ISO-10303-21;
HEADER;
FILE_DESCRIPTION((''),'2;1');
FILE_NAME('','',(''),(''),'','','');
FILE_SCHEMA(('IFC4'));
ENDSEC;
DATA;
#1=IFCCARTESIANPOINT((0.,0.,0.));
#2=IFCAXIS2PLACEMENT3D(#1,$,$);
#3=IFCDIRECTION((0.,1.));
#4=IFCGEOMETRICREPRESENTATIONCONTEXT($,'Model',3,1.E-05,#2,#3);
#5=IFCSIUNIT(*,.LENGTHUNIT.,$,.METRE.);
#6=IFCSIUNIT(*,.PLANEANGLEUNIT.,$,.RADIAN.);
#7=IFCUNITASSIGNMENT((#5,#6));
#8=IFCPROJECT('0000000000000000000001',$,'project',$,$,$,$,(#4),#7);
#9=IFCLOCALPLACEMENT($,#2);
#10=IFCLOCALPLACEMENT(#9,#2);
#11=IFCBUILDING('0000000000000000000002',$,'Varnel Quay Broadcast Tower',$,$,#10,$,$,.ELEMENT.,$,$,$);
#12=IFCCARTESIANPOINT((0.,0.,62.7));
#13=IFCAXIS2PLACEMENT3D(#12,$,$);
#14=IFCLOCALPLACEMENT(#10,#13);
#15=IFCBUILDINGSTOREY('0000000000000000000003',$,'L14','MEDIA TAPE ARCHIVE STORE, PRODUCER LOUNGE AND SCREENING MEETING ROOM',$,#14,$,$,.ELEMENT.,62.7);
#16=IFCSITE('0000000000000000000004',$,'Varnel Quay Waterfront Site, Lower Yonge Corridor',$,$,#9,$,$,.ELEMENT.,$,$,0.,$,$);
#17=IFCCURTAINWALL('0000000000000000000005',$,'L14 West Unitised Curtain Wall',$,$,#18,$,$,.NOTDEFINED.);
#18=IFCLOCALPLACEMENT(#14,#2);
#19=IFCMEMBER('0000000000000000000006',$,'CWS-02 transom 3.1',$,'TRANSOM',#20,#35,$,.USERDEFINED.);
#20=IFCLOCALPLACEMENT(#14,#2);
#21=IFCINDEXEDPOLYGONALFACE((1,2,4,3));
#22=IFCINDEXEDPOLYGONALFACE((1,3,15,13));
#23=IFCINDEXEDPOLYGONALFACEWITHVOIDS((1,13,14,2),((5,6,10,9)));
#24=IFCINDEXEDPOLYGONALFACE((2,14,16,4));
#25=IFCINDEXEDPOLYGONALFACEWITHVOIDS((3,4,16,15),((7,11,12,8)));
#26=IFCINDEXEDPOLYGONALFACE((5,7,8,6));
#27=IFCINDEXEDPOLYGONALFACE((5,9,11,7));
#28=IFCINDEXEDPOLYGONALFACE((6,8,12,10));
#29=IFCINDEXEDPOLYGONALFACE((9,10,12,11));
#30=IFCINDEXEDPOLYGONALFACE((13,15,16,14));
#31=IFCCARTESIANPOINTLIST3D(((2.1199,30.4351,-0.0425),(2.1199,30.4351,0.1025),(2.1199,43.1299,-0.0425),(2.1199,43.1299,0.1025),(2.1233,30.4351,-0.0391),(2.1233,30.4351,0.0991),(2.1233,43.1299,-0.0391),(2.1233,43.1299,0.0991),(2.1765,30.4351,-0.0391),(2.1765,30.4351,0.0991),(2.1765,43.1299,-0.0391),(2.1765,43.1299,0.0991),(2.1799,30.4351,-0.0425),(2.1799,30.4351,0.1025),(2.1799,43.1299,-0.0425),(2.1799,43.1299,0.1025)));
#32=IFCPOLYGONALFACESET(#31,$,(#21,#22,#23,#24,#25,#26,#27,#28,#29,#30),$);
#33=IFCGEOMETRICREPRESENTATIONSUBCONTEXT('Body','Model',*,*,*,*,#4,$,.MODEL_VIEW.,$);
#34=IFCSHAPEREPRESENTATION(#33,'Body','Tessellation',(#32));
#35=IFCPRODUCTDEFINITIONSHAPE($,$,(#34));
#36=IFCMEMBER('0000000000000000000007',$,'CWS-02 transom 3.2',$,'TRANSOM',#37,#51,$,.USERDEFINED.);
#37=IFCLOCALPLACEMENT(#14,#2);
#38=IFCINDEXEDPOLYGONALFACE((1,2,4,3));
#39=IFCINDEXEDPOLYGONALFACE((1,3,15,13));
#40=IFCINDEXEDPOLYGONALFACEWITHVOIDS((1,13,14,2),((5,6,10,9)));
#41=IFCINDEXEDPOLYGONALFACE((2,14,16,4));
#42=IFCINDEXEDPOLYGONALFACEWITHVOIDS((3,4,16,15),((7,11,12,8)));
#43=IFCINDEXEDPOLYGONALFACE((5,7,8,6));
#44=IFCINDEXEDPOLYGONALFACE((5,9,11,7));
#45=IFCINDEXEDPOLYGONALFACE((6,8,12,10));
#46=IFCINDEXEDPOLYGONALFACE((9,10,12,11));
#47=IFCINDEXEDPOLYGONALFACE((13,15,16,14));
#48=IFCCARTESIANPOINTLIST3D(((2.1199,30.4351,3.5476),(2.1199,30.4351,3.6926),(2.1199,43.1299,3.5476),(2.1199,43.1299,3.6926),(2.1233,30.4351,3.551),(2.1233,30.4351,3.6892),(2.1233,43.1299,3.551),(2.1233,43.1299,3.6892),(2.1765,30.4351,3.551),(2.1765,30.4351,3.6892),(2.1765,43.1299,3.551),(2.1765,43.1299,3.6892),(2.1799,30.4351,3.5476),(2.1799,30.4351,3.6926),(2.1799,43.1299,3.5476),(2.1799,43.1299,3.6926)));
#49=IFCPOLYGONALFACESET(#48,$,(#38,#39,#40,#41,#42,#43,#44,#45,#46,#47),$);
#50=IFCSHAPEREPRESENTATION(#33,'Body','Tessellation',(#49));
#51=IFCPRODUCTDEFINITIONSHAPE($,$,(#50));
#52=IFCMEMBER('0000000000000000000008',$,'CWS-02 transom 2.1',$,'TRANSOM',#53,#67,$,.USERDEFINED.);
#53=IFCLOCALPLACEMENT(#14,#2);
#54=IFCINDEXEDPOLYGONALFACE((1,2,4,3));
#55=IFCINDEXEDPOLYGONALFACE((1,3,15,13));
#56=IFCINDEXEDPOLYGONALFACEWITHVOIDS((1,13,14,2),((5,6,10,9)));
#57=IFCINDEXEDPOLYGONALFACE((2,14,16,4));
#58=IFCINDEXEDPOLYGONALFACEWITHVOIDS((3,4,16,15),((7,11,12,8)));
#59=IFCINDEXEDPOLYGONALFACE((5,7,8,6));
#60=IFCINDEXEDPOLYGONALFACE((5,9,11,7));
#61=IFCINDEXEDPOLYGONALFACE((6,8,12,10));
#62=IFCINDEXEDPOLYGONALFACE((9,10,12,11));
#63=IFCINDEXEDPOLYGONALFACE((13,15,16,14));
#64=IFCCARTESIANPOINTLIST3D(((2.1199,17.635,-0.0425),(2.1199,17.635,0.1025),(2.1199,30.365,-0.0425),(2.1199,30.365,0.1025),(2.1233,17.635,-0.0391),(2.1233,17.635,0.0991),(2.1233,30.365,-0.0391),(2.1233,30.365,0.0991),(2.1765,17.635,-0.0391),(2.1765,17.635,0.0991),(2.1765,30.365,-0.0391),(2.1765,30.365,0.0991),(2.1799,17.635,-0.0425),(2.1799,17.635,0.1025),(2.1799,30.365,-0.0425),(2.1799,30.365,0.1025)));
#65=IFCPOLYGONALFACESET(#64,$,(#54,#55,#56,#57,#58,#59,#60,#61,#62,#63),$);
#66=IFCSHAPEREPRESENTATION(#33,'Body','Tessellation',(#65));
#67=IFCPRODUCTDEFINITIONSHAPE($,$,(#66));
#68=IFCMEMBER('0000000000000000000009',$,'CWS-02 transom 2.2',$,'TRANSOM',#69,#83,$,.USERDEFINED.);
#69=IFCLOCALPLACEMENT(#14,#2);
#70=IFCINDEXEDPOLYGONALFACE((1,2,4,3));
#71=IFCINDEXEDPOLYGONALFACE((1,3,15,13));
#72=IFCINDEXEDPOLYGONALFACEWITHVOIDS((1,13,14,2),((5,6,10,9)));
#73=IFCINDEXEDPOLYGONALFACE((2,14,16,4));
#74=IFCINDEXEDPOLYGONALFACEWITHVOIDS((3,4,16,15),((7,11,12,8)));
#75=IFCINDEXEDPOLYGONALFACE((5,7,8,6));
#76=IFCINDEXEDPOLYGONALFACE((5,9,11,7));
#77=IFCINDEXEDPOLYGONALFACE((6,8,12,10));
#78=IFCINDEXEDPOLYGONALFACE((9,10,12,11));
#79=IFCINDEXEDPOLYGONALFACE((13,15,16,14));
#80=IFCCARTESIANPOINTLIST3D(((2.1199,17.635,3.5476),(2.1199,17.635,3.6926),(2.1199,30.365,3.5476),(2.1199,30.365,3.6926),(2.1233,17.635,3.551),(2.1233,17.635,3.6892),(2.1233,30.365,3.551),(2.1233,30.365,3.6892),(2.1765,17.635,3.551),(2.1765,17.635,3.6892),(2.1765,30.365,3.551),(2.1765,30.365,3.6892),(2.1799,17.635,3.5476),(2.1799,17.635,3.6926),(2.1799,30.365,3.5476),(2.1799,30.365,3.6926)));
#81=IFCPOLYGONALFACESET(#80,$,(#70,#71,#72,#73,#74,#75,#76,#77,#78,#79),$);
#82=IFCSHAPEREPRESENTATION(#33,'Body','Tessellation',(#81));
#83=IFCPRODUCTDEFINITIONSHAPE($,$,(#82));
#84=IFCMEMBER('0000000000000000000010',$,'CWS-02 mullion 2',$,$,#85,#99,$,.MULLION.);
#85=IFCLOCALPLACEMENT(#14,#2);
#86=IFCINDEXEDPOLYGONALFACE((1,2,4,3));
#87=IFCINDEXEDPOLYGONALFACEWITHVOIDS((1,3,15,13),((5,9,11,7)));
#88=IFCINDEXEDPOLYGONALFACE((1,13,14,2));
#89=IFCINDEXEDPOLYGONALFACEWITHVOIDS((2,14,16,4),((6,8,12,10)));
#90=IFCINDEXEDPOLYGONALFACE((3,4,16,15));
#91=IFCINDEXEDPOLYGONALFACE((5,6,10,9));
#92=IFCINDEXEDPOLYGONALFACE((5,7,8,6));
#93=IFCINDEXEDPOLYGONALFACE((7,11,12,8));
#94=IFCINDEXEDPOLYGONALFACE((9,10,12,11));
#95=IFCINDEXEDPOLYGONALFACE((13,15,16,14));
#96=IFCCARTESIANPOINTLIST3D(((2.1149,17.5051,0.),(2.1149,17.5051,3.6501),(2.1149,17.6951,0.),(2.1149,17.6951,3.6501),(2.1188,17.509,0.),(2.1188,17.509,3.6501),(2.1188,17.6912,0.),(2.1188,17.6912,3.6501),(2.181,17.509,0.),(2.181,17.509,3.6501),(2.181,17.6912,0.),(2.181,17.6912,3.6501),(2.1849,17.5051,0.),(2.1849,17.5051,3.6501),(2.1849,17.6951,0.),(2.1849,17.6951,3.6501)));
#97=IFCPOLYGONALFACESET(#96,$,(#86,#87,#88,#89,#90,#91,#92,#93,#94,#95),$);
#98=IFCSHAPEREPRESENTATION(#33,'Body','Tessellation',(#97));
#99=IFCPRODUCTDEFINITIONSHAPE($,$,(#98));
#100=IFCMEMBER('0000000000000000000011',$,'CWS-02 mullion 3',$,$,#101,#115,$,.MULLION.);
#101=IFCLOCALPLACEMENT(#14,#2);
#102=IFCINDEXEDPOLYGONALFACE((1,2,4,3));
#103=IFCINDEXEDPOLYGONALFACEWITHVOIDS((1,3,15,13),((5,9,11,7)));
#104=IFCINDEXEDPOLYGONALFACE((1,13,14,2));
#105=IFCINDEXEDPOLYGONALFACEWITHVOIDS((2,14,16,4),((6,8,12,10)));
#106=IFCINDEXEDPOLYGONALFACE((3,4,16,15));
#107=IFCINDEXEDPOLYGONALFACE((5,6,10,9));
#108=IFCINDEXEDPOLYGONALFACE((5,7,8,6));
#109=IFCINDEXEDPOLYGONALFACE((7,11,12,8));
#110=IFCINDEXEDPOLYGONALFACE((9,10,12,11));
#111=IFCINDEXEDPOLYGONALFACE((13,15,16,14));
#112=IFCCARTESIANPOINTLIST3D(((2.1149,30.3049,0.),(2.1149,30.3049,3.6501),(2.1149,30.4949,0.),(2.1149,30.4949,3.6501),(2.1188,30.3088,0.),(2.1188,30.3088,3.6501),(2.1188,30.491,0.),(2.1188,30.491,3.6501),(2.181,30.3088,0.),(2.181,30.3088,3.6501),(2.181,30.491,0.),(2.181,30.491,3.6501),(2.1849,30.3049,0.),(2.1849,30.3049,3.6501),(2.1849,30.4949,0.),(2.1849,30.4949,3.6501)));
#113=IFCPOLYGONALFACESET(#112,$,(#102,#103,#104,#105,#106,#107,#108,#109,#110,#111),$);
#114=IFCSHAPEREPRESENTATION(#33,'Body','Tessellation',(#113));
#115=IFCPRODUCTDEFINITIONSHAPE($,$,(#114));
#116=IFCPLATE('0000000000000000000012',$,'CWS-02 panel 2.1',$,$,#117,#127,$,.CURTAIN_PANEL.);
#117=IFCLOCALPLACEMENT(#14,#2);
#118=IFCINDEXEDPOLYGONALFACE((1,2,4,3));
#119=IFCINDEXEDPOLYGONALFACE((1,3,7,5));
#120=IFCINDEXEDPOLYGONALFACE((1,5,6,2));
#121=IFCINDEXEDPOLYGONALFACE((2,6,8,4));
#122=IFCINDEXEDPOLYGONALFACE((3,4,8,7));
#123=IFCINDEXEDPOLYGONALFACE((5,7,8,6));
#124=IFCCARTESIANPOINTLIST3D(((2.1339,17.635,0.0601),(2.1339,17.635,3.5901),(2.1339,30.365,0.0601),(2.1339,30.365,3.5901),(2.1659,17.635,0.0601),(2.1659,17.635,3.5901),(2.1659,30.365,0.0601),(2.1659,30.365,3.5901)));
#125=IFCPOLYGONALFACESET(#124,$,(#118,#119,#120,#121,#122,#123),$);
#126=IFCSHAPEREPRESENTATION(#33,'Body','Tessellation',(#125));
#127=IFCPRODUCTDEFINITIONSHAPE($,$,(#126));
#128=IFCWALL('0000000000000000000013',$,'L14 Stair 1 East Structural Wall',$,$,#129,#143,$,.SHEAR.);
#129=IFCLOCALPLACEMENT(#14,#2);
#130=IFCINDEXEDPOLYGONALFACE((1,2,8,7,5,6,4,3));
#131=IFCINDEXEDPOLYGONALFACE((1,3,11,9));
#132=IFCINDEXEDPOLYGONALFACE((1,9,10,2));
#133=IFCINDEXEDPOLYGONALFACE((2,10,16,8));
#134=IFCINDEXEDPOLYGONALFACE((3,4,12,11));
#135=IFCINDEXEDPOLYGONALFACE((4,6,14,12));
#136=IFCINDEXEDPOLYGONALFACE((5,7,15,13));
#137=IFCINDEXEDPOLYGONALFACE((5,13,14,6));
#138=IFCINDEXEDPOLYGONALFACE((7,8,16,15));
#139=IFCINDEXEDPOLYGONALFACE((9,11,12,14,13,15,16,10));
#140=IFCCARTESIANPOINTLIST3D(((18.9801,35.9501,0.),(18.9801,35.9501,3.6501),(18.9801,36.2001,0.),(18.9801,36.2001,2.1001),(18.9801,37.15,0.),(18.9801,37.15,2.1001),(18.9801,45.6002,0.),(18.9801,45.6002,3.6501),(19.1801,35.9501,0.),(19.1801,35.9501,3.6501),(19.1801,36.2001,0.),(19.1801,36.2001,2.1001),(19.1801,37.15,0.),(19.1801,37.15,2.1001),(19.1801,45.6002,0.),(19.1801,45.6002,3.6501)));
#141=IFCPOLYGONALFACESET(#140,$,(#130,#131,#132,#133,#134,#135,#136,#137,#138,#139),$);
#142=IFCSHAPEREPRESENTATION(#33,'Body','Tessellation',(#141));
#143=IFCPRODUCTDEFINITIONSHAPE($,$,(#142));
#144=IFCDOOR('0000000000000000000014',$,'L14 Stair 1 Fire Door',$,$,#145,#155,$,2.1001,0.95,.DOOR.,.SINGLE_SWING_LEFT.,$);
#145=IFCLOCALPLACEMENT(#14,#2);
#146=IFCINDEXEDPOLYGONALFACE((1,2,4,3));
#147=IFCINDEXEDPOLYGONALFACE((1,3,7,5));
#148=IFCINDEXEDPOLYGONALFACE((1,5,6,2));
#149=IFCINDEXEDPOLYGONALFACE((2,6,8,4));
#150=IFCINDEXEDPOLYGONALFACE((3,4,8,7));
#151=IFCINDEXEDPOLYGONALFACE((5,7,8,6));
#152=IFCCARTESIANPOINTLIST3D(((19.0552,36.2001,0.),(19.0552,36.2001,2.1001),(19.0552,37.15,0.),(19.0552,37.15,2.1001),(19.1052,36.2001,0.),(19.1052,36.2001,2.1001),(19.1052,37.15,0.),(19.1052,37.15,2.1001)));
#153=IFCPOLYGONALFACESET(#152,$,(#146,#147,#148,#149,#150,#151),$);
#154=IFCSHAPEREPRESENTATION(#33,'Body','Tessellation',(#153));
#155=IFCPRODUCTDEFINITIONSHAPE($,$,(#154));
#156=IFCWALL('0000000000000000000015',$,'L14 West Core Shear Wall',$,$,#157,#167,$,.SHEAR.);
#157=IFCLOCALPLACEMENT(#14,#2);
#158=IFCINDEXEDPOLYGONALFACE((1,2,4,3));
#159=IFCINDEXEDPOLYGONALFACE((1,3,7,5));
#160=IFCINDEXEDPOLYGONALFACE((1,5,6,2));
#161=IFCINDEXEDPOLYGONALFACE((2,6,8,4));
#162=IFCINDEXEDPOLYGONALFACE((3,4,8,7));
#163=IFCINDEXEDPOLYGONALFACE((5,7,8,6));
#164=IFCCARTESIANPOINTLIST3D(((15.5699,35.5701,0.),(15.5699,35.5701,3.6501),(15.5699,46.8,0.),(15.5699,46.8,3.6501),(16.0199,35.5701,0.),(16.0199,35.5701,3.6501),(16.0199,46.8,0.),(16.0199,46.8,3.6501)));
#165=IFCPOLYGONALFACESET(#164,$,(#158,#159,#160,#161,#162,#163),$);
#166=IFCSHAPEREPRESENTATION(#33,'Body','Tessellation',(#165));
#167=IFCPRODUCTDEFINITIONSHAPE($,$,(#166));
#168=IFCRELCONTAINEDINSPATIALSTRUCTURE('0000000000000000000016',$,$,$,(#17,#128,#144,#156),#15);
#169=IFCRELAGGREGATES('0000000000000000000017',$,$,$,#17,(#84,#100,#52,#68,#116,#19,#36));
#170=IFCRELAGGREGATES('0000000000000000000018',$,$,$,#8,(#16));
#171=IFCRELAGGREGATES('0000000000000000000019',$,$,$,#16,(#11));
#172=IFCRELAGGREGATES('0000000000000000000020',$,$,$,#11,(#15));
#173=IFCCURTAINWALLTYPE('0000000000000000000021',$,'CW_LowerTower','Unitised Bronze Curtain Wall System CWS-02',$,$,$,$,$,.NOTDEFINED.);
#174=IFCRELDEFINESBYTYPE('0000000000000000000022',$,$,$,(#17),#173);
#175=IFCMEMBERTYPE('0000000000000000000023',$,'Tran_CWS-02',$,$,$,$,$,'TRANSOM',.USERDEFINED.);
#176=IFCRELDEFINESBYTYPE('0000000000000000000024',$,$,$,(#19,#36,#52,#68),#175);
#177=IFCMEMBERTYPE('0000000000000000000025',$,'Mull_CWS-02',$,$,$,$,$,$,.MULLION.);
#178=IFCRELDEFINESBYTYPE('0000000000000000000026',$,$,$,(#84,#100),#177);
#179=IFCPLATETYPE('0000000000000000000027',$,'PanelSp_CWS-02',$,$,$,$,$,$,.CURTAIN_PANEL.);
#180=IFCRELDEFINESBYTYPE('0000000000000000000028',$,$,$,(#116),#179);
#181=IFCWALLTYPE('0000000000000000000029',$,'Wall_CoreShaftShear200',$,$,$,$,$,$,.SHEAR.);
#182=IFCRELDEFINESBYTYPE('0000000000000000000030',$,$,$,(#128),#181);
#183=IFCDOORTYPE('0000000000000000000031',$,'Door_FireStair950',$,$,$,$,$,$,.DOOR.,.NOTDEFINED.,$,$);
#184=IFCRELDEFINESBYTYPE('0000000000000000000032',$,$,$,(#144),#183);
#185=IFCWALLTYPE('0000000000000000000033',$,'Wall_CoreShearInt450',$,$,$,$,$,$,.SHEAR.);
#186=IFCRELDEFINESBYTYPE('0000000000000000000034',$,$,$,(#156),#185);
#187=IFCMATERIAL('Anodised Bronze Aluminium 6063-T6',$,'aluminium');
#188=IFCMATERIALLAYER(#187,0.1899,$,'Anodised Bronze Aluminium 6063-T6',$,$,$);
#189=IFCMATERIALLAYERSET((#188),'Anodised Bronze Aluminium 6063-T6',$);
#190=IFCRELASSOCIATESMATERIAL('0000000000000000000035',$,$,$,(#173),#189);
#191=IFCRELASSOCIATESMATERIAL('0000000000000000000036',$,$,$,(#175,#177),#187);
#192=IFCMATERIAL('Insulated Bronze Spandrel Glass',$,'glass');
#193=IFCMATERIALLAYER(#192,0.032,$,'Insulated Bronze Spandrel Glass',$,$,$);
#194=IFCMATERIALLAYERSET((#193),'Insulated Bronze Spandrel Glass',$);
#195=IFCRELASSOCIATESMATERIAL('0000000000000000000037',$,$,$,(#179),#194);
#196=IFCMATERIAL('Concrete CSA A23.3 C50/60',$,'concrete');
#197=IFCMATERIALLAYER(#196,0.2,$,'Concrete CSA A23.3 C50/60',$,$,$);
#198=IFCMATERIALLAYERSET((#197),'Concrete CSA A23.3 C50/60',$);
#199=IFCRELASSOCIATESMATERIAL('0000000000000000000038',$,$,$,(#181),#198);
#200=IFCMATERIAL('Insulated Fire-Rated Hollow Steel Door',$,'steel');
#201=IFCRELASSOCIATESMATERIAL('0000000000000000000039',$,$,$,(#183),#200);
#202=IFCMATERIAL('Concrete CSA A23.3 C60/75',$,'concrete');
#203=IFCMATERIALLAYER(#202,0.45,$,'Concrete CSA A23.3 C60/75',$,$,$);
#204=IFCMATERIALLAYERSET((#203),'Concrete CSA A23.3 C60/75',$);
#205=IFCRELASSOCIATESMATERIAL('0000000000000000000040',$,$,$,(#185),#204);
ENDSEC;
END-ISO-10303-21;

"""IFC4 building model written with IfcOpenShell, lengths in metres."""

from ifc_helpers import new_model, si_unit, direction, frame, frame_2d, origin, origin_2d, place, context, subcontext, project, spatial, rectangle, hollow_rectangle, extrude, source, transform, mapped, material, layer, layer_set, material_profile, profile_set, type_object, type_shapes, element, fill, aggregate, save


model = new_model("IFC4")

# Units and contexts
model_context = context("Model", 3, precision=1e-05, world=origin(), true_north=direction((0.0, 1.0)))
body_context = subcontext(model_context, "Body", "Model", "MODEL_VIEW")
ifc_project = project(units=[si_unit("LENGTHUNIT", "METRE"), si_unit("PLANEANGLEUNIT", "RADIAN")], contexts=[model_context])

# Site, building, storey
site_placement = place(None, origin())
site = spatial("IfcSite", under=ifc_project, at=site_placement, Name="Varnel Quay Waterfront Site, Lower Yonge Corridor", CompositionType="ELEMENT", RefElevation=0.0)
building_placement = place(site_placement, origin())
building = spatial("IfcBuilding", under=site, at=building_placement, Name="Varnel Quay Broadcast Tower", CompositionType="ELEMENT")
storey_placement = place(building_placement, frame((0.0, 0.0, 62.7)))
storey = spatial("IfcBuildingStorey", under=building, at=storey_placement, Name="L14", Description="MEDIA TAPE ARCHIVE STORE, PRODUCER LOUNGE AND SCREENING MEETING ROOM", CompositionType="ELEMENT", Elevation=62.7)

# Shared definitions
ifc_material_1 = material(Name="Concrete CSA A23.3 C60/75", Category="concrete")

# Curtain wall, members, plate
ifc_material_2 = material(Name="Anodised Bronze Aluminium 6063-T6", Category="aluminium")
ifc_layer_1 = layer(ifc_material_2, 0.1899, Name="Anodised Bronze Aluminium 6063-T6")
ifc_layer_set_1 = layer_set([ifc_layer_1], Name="Anodised Bronze Aluminium 6063-T6")
curtain_wall_type = type_object("IfcCurtainWallType", Name="CW_LowerTower", Description="Unitised Bronze Curtain Wall System CWS-02", PredefinedType="NOTDEFINED", material=ifc_layer_set_1)
curtain_wall_placement = place(storey_placement, origin())
curtain_wall = element("IfcCurtainWall", 1, at=curtain_wall_placement, inside=storey, type_object=curtain_wall_type, Name="L14 West Unitised Curtain Wall", PredefinedType="NOTDEFINED")
ifc_material_profile_1 = material_profile(ifc_material_2, hollow_rectangle(XDim=0.0601, YDim=0.145, WallThickness=0.0034, at=origin_2d()), Name="ALU60X145X3.5")
ifc_profile_set_1 = profile_set([ifc_material_profile_1], Name="Anodised Bronze Aluminium 6063-T6")
member_type_1 = type_object("IfcMemberType", Name="Tran_CWS-02", ElementType="TRANSOM", PredefinedType="USERDEFINED", material=ifc_profile_set_1)
shared_shape_1 = source(origin(), body_context, "Body", "SweptSolid", [
    extrude(hollow_rectangle(XDim=0.0601, YDim=0.145, WallThickness=0.0034, at=origin_2d()), origin(), (0.0, 0.0, 1.0), 12.6948),
])
member_1_placement = place(storey_placement, frame((2.1499, 30.4351, 0.03), z_axis=(0.0, 1.0, 0.0), x_axis=(-1.0, 0.0, 0.0)))
member_1 = element("IfcMember", 2, at=member_1_placement, type_object=member_type_1, Name="CWS-02 transom 3.1", ObjectType="TRANSOM", PredefinedType="USERDEFINED", context=body_context, shape_type="MappedRepresentation", body=[
    mapped(shared_shape_1, transform((0.0, 0.0, 0.0), x_axis=(1.0, 0.0, 0.0), y_axis=(0.0, 1.0, 0.0), z_axis=(0.0, 0.0, 1.0), scale=1.0)),
])
member_2_placement = place(storey_placement, frame((2.1499, 30.4351, 3.6201), z_axis=(0.0, 1.0, 0.0), x_axis=(-1.0, 0.0, 0.0)))
member_2 = element("IfcMember", 3, at=member_2_placement, type_object=member_type_1, Name="CWS-02 transom 3.2", ObjectType="TRANSOM", PredefinedType="USERDEFINED", context=body_context, shape_type="MappedRepresentation", body=[
    mapped(shared_shape_1, transform((0.0, 0.0, 0.0), x_axis=(1.0, 0.0, 0.0), y_axis=(0.0, 1.0, 0.0), z_axis=(0.0, 0.0, 1.0), scale=1.0)),
])
shared_shape_2 = source(origin(), body_context, "Body", "SweptSolid", [
    extrude(hollow_rectangle(XDim=0.0601, YDim=0.145, WallThickness=0.0034, at=origin_2d()), origin(), (0.0, 0.0, 1.0), 12.73),
])
type_shapes(member_type_1, [shared_shape_1, shared_shape_2])
member_3_placement = place(storey_placement, frame((2.1499, 17.635, 0.03), z_axis=(0.0, 1.0, 0.0), x_axis=(-1.0, 0.0, 0.0)))
member_3 = element("IfcMember", 4, at=member_3_placement, type_object=member_type_1, Name="CWS-02 transom 2.1", ObjectType="TRANSOM", PredefinedType="USERDEFINED", context=body_context, shape_type="MappedRepresentation", body=[
    mapped(shared_shape_2, transform((0.0, 0.0, 0.0), x_axis=(1.0, 0.0, 0.0), y_axis=(0.0, 1.0, 0.0), z_axis=(0.0, 0.0, 1.0), scale=1.0)),
])
member_4_placement = place(storey_placement, frame((2.1499, 17.635, 3.6201), z_axis=(0.0, 1.0, 0.0), x_axis=(-1.0, 0.0, 0.0)))
member_4 = element("IfcMember", 5, at=member_4_placement, type_object=member_type_1, Name="CWS-02 transom 2.2", ObjectType="TRANSOM", PredefinedType="USERDEFINED", context=body_context, shape_type="MappedRepresentation", body=[
    mapped(shared_shape_2, transform((0.0, 0.0, 0.0), x_axis=(1.0, 0.0, 0.0), y_axis=(0.0, 1.0, 0.0), z_axis=(0.0, 0.0, 1.0), scale=1.0)),
])
ifc_material_profile_2 = material_profile(ifc_material_2, hollow_rectangle(XDim=0.0701, YDim=0.1899, WallThickness=0.0039, at=origin_2d()), Name="ALU70X190X4")
ifc_profile_set_2 = profile_set([ifc_material_profile_2], Name="Anodised Bronze Aluminium 6063-T6")
member_type_2 = type_object("IfcMemberType", Name="Mull_CWS-02", PredefinedType="MULLION", material=ifc_profile_set_2)
shared_shape_3 = source(origin(), body_context, "Body", "SweptSolid", [
    extrude(hollow_rectangle(XDim=0.0701, YDim=0.1899, WallThickness=0.0039, at=origin_2d()), origin(), (0.0, 0.0, 1.0), 3.6501),
])
type_shapes(member_type_2, [shared_shape_3])
member_5_placement = place(storey_placement, frame((2.1499, 17.6001, 0.0), z_axis=(0.0, 0.0, 1.0), x_axis=(-1.0, 0.0, 0.0)))
member_5 = element("IfcMember", 6, at=member_5_placement, type_object=member_type_2, Name="CWS-02 mullion 2", PredefinedType="MULLION", context=body_context, shape_type="MappedRepresentation", body=[
    mapped(shared_shape_3, transform((0.0, 0.0, 0.0), x_axis=(1.0, 0.0, 0.0), y_axis=(0.0, 1.0, 0.0), z_axis=(0.0, 0.0, 1.0), scale=1.0)),
])
member_6_placement = place(storey_placement, frame((2.1499, 30.3999, 0.0), z_axis=(0.0, 0.0, 1.0), x_axis=(-1.0, 0.0, 0.0)))
member_6 = element("IfcMember", 7, at=member_6_placement, type_object=member_type_2, Name="CWS-02 mullion 3", PredefinedType="MULLION", context=body_context, shape_type="MappedRepresentation", body=[
    mapped(shared_shape_3, transform((0.0, 0.0, 0.0), x_axis=(1.0, 0.0, 0.0), y_axis=(0.0, 1.0, 0.0), z_axis=(0.0, 0.0, 1.0), scale=1.0)),
])
ifc_material_3 = material(Name="Insulated Bronze Spandrel Glass", Category="glass")
ifc_layer_2 = layer(ifc_material_3, 0.032, Name="Insulated Bronze Spandrel Glass")
ifc_layer_set_2 = layer_set([ifc_layer_2], Name="Insulated Bronze Spandrel Glass")
plate_type = type_object("IfcPlateType", Name="PanelSp_CWS-02", PredefinedType="CURTAIN_PANEL", material=ifc_layer_set_2)
shared_shape_4 = source(origin(), body_context, "Body", "SweptSolid", [
    extrude(rectangle(XDim=12.73, YDim=0.032, at=origin_2d()), origin(), (0.0, 0.0, 1.0), 3.53),
])
type_shapes(plate_type, [shared_shape_4])
plate_placement = place(storey_placement, frame((2.1499, 24.0, 0.0601), z_axis=(0.0, 0.0, 1.0), x_axis=(0.0, 1.0, 0.0)))
plate = element("IfcPlate", 8, at=plate_placement, type_object=plate_type, Name="CWS-02 panel 2.1", PredefinedType="CURTAIN_PANEL", context=body_context, shape_type="MappedRepresentation", body=[
    mapped(shared_shape_4, transform((0.0, 0.0, 0.0), x_axis=(1.0, 0.0, 0.0), y_axis=(0.0, 1.0, 0.0), z_axis=(0.0, 0.0, 1.0), scale=1.0)),
])
aggregate(curtain_wall, [member_5, member_6, member_3, member_4, plate, member_1, member_2])

# Wall, opening, door
ifc_material_4 = material(Name="Concrete CSA A23.3 C50/60", Category="concrete")
ifc_layer_3 = layer(ifc_material_4, 0.2, Name="Concrete CSA A23.3 C50/60")
ifc_layer_set_3 = layer_set([ifc_layer_3], Name="Concrete CSA A23.3 C50/60")
wall_type_1 = type_object("IfcWallType", Name="Wall_CoreShaftShear200", PredefinedType="SHEAR", material=ifc_layer_set_3)
wall_1_placement = place(storey_placement, frame((19.0801, 35.95, 0.0), z_axis=(0.0, 0.0, 1.0), x_axis=(0.0, 1.0, 0.0)))
wall_1 = element("IfcWall", 9, at=wall_1_placement, inside=storey, type_object=wall_type_1, Name="L14 Stair 1 East Structural Wall", PredefinedType="SHEAR", context=body_context, shape_type="SweptSolid", body=[
    extrude(rectangle(XDim=9.6501, YDim=0.2, at=frame_2d((4.8252, 0.0))), origin(), (0.0, 0.0, 1.0), 3.6501),
])
opening_1_placement = place(wall_1_placement, frame((0.25, 0.0, 0.0)))
opening_1 = element("IfcOpeningElement", 10, at=opening_1_placement, cuts=wall_1, PredefinedType="OPENING", context=body_context, shape_type="SweptSolid", body=[
    extrude(rectangle(XDim=0.95, YDim=2.1001, at=frame_2d((0.4751, 1.05))), frame((0.0, 0.1099, 0.0), z_axis=(0.0, -1.0, 0.0), x_axis=(1.0, 0.0, 0.0)), (0.0, 0.0, 1.0), 0.22),
])
ifc_material_5 = material(Name="Insulated Fire-Rated Hollow Steel Door", Category="steel")
door_type_1 = type_object("IfcDoorType", Name="Door_FireStair950", OperationType="NOTDEFINED", PredefinedType="DOOR", material=ifc_material_5)
shared_shape_5 = source(origin(), body_context, "Body", "SweptSolid", [
    extrude(rectangle(XDim=0.95, YDim=2.1001, at=frame_2d((0.4751, 1.05))), frame((0.0, 0.0249, 0.0), z_axis=(0.0, -1.0, 0.0), x_axis=(1.0, 0.0, 0.0)), (0.0, 0.0, 1.0), 0.05),
])
type_shapes(door_type_1, [shared_shape_5])
door_1_placement = place(opening_1_placement, origin())
door_1 = element("IfcDoor", 11, at=door_1_placement, inside=storey, type_object=door_type_1, Name="L14 Stair 1 Fire Door", OperationType="SINGLE_SWING_LEFT", OverallHeight=2.1001, OverallWidth=0.95, PredefinedType="DOOR", context=body_context, shape_type="MappedRepresentation", body=[
    mapped(shared_shape_5, transform((0.0, 0.0, 0.0), x_axis=(1.0, 0.0, 0.0), y_axis=(0.0, 1.0, 0.0), z_axis=(0.0, 0.0, 1.0), scale=1.0)),
])
fill(opening_1, door_1)

# Wall
ifc_layer_4 = layer(ifc_material_1, 0.45, Name="Concrete CSA A23.3 C60/75")
ifc_layer_set_4 = layer_set([ifc_layer_4], Name="Concrete CSA A23.3 C60/75")
wall_type_2 = type_object("IfcWallType", Name="Wall_CoreShearInt450", PredefinedType="SHEAR", material=ifc_layer_set_4)
wall_2_placement = place(storey_placement, frame((15.7949, 35.5701, 0.0), z_axis=(0.0, 0.0, 1.0), x_axis=(0.0, 1.0, 0.0)))
element("IfcWall", 12, at=wall_2_placement, inside=storey, type_object=wall_type_2, Name="L14 West Core Shear Wall", PredefinedType="SHEAR", context=body_context, shape_type="SweptSolid", body=[
    extrude(rectangle(XDim=11.23, YDim=0.45, at=frame_2d((5.615, 0.0))), origin(), (0.0, 0.0, 1.0), 3.6501),
])

save(model, "model.ifc")
